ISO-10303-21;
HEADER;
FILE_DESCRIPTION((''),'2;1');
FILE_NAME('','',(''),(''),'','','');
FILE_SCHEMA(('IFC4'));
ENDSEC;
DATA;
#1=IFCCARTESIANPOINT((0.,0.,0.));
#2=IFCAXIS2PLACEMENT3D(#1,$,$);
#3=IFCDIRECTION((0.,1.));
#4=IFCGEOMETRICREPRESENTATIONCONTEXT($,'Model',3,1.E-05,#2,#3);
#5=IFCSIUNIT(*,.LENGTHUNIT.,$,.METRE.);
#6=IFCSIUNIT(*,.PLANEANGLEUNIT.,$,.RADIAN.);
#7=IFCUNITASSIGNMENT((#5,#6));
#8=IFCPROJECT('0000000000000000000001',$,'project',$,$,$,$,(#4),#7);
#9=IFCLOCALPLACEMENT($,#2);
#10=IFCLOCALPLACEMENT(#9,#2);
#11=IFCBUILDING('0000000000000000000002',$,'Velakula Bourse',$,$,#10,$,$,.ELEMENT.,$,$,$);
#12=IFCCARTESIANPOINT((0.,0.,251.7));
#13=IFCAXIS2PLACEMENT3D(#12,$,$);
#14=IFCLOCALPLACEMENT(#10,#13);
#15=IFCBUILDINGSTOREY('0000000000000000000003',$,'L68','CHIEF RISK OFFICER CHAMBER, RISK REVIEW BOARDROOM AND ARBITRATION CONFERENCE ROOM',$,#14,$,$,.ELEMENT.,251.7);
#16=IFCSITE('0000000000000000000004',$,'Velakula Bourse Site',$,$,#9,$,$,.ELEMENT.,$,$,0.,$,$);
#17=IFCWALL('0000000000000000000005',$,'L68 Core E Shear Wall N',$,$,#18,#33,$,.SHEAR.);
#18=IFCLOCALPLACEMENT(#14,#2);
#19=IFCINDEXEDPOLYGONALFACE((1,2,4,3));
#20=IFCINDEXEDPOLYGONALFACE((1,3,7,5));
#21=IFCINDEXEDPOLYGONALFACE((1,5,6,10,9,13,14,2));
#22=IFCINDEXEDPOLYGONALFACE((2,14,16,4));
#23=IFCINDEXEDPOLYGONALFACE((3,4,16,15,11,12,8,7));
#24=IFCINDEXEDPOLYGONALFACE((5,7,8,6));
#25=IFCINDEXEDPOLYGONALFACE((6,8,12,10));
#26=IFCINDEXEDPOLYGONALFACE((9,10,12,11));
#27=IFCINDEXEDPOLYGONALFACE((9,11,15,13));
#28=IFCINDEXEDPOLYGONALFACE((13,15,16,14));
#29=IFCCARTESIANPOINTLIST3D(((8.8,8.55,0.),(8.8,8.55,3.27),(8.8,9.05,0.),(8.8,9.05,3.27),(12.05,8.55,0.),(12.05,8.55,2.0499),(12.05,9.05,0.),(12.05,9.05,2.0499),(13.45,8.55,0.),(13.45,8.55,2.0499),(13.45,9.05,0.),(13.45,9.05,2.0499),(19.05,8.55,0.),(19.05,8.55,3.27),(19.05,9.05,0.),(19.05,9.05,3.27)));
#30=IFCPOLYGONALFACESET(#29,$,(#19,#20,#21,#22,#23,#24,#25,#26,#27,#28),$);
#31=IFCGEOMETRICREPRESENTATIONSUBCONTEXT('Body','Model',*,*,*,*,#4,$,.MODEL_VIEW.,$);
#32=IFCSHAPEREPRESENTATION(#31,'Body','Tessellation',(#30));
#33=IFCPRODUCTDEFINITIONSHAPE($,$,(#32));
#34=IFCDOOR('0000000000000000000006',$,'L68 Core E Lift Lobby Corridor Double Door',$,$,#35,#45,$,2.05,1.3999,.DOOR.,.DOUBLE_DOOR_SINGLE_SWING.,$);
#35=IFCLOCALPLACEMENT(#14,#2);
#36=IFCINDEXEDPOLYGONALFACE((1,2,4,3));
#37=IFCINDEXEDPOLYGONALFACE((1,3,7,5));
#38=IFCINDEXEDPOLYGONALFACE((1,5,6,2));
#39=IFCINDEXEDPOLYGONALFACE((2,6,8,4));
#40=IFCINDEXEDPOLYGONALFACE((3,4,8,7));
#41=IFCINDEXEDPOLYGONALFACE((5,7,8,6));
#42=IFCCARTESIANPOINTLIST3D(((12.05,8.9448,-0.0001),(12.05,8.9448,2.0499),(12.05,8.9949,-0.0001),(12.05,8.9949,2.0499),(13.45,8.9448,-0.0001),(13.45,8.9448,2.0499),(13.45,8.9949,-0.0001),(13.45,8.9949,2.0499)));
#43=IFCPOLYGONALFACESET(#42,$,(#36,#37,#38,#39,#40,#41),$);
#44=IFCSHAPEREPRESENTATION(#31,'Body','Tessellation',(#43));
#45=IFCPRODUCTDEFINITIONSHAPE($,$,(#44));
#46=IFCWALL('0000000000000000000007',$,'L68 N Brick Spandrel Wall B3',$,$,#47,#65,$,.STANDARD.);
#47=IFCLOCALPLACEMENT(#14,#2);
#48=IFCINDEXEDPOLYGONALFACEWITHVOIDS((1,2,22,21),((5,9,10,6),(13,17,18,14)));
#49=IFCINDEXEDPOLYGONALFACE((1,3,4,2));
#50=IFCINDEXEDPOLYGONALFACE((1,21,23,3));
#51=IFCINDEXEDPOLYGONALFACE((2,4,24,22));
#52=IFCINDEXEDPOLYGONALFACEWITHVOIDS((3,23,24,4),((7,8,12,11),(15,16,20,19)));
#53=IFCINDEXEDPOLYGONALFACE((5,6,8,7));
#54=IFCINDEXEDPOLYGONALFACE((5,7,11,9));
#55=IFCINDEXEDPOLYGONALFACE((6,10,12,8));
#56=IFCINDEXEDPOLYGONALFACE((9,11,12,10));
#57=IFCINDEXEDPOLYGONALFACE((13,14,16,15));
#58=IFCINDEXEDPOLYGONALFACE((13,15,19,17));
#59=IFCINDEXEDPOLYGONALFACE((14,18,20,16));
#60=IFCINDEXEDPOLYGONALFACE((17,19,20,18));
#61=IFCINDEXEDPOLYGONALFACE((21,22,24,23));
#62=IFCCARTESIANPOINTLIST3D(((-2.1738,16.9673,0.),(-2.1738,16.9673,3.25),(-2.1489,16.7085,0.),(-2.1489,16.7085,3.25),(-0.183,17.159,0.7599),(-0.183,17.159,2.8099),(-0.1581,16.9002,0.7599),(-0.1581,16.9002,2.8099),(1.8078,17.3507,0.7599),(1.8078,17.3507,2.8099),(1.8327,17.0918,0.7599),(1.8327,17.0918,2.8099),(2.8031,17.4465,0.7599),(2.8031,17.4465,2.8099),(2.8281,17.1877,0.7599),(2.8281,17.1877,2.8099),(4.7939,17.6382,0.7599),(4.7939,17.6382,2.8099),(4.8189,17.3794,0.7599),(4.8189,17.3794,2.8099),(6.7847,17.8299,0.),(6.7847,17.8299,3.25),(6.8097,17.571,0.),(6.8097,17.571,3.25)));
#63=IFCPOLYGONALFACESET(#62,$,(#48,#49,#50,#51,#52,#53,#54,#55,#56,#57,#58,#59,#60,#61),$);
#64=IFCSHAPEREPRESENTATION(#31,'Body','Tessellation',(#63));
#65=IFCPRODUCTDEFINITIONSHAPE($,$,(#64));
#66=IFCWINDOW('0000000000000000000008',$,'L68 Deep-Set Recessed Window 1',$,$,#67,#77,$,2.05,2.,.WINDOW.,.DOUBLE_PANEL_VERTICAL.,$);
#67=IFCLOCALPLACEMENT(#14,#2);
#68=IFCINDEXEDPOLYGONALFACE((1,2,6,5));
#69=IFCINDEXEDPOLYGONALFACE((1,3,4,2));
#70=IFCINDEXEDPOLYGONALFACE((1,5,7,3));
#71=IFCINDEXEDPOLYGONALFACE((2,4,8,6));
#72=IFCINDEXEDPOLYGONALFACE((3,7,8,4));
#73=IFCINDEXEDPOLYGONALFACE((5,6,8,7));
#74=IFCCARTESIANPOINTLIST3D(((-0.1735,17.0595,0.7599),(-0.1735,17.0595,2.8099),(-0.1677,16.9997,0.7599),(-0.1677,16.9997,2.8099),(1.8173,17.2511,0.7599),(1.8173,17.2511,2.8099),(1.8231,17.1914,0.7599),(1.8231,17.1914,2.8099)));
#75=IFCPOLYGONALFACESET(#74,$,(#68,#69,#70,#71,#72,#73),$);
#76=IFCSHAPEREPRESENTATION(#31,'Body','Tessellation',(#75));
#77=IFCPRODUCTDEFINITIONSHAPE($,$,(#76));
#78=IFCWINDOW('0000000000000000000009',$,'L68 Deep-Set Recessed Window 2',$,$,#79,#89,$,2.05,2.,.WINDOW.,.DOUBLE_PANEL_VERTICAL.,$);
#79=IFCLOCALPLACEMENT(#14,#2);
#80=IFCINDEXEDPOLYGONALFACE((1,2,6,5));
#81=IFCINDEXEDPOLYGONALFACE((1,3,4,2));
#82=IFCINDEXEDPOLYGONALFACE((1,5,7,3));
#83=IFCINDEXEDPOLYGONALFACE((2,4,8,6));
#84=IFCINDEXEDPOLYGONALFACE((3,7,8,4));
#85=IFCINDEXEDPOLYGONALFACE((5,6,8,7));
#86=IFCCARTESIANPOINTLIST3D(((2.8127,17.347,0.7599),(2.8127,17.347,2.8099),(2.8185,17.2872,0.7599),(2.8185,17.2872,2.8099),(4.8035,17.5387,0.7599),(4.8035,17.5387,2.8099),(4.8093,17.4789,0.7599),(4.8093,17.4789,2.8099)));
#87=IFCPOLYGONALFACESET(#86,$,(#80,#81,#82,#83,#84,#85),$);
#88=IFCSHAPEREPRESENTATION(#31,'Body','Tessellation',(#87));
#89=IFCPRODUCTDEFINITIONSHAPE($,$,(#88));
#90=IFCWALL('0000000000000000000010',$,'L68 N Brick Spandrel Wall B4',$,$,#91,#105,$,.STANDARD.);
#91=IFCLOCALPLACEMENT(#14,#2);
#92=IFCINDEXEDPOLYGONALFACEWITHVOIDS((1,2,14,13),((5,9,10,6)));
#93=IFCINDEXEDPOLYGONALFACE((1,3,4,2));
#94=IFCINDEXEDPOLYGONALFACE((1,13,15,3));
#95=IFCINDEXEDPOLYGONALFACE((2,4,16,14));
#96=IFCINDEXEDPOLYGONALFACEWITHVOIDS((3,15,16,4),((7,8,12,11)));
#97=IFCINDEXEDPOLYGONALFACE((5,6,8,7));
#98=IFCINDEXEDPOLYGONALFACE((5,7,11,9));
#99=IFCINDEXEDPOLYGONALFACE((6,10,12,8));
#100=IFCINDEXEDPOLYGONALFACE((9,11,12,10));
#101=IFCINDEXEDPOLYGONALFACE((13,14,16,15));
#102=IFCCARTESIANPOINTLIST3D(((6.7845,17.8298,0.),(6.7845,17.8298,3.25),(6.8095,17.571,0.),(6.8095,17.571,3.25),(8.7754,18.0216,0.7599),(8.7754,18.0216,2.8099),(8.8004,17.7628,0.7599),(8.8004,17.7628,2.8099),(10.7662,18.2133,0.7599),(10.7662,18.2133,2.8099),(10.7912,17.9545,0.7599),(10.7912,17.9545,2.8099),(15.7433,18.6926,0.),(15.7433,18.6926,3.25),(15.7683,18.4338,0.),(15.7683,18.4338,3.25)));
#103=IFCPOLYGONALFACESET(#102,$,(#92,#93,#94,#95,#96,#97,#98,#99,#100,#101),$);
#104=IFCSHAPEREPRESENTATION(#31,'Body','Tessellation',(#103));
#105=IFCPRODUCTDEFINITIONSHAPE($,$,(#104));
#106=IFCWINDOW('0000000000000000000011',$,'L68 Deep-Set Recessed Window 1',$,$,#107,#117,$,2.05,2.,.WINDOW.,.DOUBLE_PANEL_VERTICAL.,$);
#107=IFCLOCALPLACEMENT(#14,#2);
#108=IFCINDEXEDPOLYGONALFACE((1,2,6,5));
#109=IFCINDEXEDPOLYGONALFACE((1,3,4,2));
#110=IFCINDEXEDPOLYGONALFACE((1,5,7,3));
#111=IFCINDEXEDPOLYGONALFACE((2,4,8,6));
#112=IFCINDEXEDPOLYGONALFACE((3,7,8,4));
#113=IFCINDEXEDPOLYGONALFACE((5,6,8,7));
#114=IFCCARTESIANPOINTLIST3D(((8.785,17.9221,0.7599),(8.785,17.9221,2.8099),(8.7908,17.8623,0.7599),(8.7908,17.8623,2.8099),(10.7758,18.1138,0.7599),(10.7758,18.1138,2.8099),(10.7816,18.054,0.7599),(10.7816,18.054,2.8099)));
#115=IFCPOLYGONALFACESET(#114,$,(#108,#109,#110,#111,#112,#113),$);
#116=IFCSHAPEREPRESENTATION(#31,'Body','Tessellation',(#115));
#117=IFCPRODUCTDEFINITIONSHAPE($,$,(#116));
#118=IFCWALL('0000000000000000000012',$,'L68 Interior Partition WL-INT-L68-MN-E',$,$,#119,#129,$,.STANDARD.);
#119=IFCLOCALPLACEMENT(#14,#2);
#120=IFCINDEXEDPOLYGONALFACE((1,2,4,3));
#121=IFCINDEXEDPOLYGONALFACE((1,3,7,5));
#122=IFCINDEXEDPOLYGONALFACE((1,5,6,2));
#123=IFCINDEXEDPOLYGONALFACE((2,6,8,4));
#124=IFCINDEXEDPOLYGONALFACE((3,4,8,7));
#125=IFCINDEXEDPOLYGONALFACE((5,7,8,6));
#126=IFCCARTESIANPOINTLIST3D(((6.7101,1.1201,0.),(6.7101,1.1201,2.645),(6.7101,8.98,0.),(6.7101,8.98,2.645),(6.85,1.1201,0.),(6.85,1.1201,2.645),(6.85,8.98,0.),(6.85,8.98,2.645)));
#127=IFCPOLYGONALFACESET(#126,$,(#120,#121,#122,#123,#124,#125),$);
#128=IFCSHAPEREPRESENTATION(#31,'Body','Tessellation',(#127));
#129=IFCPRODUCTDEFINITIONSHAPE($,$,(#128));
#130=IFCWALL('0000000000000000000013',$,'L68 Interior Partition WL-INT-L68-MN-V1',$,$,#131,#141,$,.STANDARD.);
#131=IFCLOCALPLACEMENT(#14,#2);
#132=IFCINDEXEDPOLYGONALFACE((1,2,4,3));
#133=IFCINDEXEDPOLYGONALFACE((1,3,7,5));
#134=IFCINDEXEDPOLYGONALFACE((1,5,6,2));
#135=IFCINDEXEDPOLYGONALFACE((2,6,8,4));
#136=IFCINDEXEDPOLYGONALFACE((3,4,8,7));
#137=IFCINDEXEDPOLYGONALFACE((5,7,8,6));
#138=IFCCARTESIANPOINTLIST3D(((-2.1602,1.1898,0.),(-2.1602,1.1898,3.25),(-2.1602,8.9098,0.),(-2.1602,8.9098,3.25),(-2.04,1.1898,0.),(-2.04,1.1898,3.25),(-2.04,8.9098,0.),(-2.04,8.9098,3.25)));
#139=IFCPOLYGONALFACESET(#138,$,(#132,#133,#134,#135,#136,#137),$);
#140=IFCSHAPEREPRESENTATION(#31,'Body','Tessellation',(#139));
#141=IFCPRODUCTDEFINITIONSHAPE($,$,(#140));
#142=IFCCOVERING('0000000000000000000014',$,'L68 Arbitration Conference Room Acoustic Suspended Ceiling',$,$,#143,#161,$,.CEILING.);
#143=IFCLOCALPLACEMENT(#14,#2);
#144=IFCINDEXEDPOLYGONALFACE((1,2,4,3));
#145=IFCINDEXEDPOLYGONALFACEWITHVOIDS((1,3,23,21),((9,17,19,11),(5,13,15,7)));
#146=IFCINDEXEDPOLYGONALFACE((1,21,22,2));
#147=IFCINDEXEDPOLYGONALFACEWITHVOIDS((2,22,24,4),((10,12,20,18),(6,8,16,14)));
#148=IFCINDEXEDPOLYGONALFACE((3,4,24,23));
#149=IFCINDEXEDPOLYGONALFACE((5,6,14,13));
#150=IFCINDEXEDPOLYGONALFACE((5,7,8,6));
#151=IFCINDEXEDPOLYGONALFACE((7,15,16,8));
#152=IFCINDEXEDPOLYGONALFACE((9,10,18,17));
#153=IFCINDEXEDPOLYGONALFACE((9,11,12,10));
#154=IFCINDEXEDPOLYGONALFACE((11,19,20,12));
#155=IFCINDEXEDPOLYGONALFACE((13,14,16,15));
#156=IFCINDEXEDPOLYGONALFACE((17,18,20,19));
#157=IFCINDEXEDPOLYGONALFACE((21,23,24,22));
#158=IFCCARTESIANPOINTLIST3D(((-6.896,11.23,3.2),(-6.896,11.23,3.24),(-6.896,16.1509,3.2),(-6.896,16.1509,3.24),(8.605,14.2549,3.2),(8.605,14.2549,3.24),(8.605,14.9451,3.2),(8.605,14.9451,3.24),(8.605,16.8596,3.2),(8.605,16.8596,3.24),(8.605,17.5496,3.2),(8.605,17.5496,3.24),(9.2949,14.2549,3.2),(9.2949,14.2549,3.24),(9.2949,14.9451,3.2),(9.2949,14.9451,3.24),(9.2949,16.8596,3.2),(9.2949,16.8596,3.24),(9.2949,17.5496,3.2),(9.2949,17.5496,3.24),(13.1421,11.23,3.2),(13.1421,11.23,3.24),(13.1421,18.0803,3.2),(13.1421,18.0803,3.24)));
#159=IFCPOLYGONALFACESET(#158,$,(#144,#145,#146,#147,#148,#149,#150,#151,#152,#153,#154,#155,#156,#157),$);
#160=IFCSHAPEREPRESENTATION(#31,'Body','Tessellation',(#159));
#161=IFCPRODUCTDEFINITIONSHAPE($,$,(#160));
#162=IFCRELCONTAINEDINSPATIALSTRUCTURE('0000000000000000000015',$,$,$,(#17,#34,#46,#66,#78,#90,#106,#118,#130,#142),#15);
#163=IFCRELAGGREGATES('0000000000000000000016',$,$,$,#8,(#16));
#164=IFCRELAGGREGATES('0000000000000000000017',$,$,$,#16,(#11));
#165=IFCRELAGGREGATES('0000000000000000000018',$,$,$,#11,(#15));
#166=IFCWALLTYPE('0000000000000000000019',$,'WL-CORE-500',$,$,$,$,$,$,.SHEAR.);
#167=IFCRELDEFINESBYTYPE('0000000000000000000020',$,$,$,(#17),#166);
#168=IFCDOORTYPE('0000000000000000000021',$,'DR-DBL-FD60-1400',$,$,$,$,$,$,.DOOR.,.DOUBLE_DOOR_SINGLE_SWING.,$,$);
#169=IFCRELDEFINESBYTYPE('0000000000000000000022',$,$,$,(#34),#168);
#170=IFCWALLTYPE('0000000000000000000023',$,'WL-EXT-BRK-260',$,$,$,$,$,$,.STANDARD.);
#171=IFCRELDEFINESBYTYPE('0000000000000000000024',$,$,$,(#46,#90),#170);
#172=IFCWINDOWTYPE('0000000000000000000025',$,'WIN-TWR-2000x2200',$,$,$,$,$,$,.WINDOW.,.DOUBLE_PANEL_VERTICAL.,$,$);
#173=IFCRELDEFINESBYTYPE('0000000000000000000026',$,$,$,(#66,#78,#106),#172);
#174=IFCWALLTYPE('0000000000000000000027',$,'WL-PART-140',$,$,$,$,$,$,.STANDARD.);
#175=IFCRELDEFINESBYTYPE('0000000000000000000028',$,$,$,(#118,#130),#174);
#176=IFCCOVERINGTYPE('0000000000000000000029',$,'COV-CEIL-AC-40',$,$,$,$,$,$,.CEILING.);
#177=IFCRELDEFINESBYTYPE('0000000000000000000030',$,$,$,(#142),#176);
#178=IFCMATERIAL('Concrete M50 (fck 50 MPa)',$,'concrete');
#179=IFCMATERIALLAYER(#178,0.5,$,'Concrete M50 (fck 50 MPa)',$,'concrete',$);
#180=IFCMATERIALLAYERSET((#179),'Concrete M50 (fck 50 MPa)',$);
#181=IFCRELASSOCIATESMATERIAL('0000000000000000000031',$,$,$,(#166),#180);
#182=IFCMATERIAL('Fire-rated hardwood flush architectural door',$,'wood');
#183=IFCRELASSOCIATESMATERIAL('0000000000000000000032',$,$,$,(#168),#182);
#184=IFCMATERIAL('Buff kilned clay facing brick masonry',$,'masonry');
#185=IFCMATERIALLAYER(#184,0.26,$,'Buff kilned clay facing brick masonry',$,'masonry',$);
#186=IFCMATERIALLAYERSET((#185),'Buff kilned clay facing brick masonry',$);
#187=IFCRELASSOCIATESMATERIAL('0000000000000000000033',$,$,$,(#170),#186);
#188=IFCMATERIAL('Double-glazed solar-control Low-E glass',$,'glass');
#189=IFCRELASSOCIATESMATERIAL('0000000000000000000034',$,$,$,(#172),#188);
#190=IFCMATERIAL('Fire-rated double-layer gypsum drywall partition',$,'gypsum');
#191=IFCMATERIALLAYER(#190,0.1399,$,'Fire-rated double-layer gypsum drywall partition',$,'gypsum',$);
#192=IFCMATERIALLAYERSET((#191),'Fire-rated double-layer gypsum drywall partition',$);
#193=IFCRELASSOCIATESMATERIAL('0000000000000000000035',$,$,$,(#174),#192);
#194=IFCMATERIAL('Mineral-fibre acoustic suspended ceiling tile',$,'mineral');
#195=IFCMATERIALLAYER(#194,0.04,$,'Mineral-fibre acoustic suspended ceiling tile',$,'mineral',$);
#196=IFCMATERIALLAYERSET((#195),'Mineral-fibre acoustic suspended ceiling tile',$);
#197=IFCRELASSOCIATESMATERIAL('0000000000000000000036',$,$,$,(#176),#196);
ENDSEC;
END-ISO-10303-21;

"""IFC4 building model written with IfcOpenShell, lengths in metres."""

from ifc_helpers import new_model, si_unit, direction, frame, frame_2d, origin, place, context, subcontext, project, spatial, polyline, rectangle, outline, extrude, material, layer, layer_set, type_object, element, fill, save


model = new_model("IFC4")

# Units and contexts
model_context = context("Model", 3, precision=1e-05, world=origin(), true_north=direction((0.0, 1.0)))
body_context = subcontext(model_context, "Body", "Model", "MODEL_VIEW")
ifc_project = project(units=[si_unit("LENGTHUNIT", "METRE"), si_unit("PLANEANGLEUNIT", "RADIAN")], contexts=[model_context])

# Site, building, storey
site_placement = place(None, origin())
site = spatial("IfcSite", under=ifc_project, at=site_placement, Name="Velakula Bourse Site", CompositionType="ELEMENT", RefElevation=0.0)
building_placement = place(site_placement, origin())
building = spatial("IfcBuilding", under=site, at=building_placement, Name="Velakula Bourse", CompositionType="ELEMENT")
storey_placement = place(building_placement, frame((0.0, 0.0, 251.7)))
storey = spatial("IfcBuildingStorey", under=building, at=storey_placement, Name="L68", Description="CHIEF RISK OFFICER CHAMBER, RISK REVIEW BOARDROOM AND ARBITRATION CONFERENCE ROOM", CompositionType="ELEMENT", Elevation=251.7)

# Shared definitions
ifc_material_1 = material(Name="Concrete M50 (fck 50 MPa)", Category="concrete")

# Wall, opening, door
ifc_layer_1 = layer(ifc_material_1, 0.5, Name="Concrete M50 (fck 50 MPa)", Category="concrete")
ifc_layer_set_1 = layer_set([ifc_layer_1], Name="Concrete M50 (fck 50 MPa)")
wall_type_1 = type_object("IfcWallType", Name="WL-CORE-500", PredefinedType="SHEAR", material=ifc_layer_set_1)
wall_1_placement = place(storey_placement, frame((8.8, 8.8, 0.0), z_axis=(0.0, 0.0, 1.0), x_axis=(1.0, 0.0, 0.0)))
wall_1 = element("IfcWall", 1, at=wall_1_placement, inside=storey, type_object=wall_type_1, Name="L68 Core E Shear Wall N", PredefinedType="SHEAR", context=body_context, shape_type="SweptSolid", body=[
    extrude(rectangle(XDim=10.25, YDim=0.5, at=frame_2d((5.125, 0.0))), origin(), (0.0, 0.0, 1.0), 3.27),
])
opening_1_placement = place(wall_1_placement, frame((3.25, 0.0, 0.0)))
opening_1 = element("IfcOpeningElement", 2, at=opening_1_placement, cuts=wall_1, PredefinedType="OPENING", context=body_context, shape_type="SweptSolid", body=[
    extrude(rectangle(XDim=1.3999, YDim=2.05, at=frame_2d((0.7, 1.0249))), frame((0.0, 0.26, 0.0), z_axis=(0.0, -1.0, 0.0), x_axis=(1.0, 0.0, 0.0)), (0.0, 0.0, 1.0), 0.52),
])
ifc_material_2 = material(Name="Fire-rated hardwood flush architectural door", Category="wood")
door_type = type_object("IfcDoorType", Name="DR-DBL-FD60-1400", OperationType="DOUBLE_DOOR_SINGLE_SWING", PredefinedType="DOOR", material=ifc_material_2)
door_placement = place(opening_1_placement, origin())
door = element("IfcDoor", 3, at=door_placement, inside=storey, type_object=door_type, Name="L68 Core E Lift Lobby Corridor Double Door", OperationType="DOUBLE_DOOR_SINGLE_SWING", OverallHeight=2.05, OverallWidth=1.3999, PredefinedType="DOOR", context=body_context, shape_type="SweptSolid", body=[
    extrude(rectangle(XDim=1.3999, YDim=2.05, at=frame_2d((0.7, 1.0249))), frame((0.0, 0.1948, 0.0), z_axis=(0.0, -1.0, 0.0), x_axis=(1.0, 0.0, 0.0)), (0.0, 0.0, 1.0), 0.05),
])
fill(opening_1, door)

# Wall, openings, windows
ifc_material_3 = material(Name="Buff kilned clay facing brick masonry", Category="masonry")
ifc_layer_2 = layer(ifc_material_3, 0.26, Name="Buff kilned clay facing brick masonry", Category="masonry")
ifc_layer_set_2 = layer_set([ifc_layer_2], Name="Buff kilned clay facing brick masonry")
wall_type_2 = type_object("IfcWallType", Name="WL-EXT-BRK-260", PredefinedType="STANDARD", material=ifc_layer_set_2)
wall_2_placement = place(storey_placement, frame((-2.1614, 16.8379, 0.0), z_axis=(0.0, 0.0, 1.0), x_axis=(0.995397, 0.09584, 0.0)))
wall_2 = element("IfcWall", 4, at=wall_2_placement, inside=storey, type_object=wall_type_2, Name="L68 N Brick Spandrel Wall B3", PredefinedType="STANDARD", context=body_context, shape_type="SweptSolid", body=[
    extrude(rectangle(XDim=9.0, YDim=0.26, at=frame_2d((4.5, 0.0))), origin(), (0.0, 0.0, 1.0), 3.25),
])
opening_2_placement = place(wall_2_placement, frame((2.0, 0.0, 0.76)))
opening_2 = element("IfcOpeningElement", 5, at=opening_2_placement, cuts=wall_2, PredefinedType="OPENING", context=body_context, shape_type="SweptSolid", body=[
    extrude(rectangle(XDim=2.0, YDim=2.05, at=frame_2d((1.0, 1.0249))), frame((0.0, 0.1399, 0.0), z_axis=(0.0, -1.0, 0.0), x_axis=(1.0, 0.0, 0.0)), (0.0, 0.0, 1.0), 0.28),
])
opening_3_placement = place(wall_2_placement, frame((5.0, 0.0, 0.76)))
opening_3 = element("IfcOpeningElement", 6, at=opening_3_placement, cuts=wall_2, PredefinedType="OPENING", context=body_context, shape_type="SweptSolid", body=[
    extrude(rectangle(XDim=2.0, YDim=2.05, at=frame_2d((1.0, 1.0249))), frame((0.0, 0.1399, 0.0), z_axis=(0.0, -1.0, 0.0), x_axis=(1.0, 0.0, 0.0)), (0.0, 0.0, 1.0), 0.28),
])
ifc_material_4 = material(Name="Double-glazed solar-control Low-E glass", Category="glass")
window_type = type_object("IfcWindowType", Name="WIN-TWR-2000x2200", PartitioningType="DOUBLE_PANEL_VERTICAL", PredefinedType="WINDOW", material=ifc_material_4)
window_1_placement = place(opening_2_placement, origin())
window_1 = element("IfcWindow", 7, at=window_1_placement, inside=storey, type_object=window_type, Name="L68 Deep-Set Recessed Window 1", OverallHeight=2.05, OverallWidth=2.0, PartitioningType="DOUBLE_PANEL_VERTICAL", PredefinedType="WINDOW", context=body_context, shape_type="SweptSolid", body=[
    extrude(rectangle(XDim=2.0, YDim=2.05, at=frame_2d((1.0, 1.0249))), frame((0.0, 0.03, 0.0), z_axis=(0.0, -1.0, 0.0), x_axis=(1.0, 0.0, 0.0)), (0.0, 0.0, 1.0), 0.0601),
])
fill(opening_2, window_1)
window_2_placement = place(opening_3_placement, origin())
window_2 = element("IfcWindow", 8, at=window_2_placement, inside=storey, type_object=window_type, Name="L68 Deep-Set Recessed Window 2", OverallHeight=2.05, OverallWidth=2.0, PartitioningType="DOUBLE_PANEL_VERTICAL", PredefinedType="WINDOW", context=body_context, shape_type="SweptSolid", body=[
    extrude(rectangle(XDim=2.0, YDim=2.05, at=frame_2d((1.0, 1.0249))), frame((0.0, 0.03, 0.0), z_axis=(0.0, -1.0, 0.0), x_axis=(1.0, 0.0, 0.0)), (0.0, 0.0, 1.0), 0.0601),
])
fill(opening_3, window_2)

# Wall, opening, window
wall_3_placement = place(storey_placement, frame((6.7971, 17.7004, 0.0), z_axis=(0.0, 0.0, 1.0), x_axis=(0.995394, 0.095864, 0.0)))
wall_3 = element("IfcWall", 9, at=wall_3_placement, inside=storey, type_object=wall_type_2, Name="L68 N Brick Spandrel Wall B4", PredefinedType="STANDARD", context=body_context, shape_type="SweptSolid", body=[
    extrude(rectangle(XDim=9.0002, YDim=0.26, at=frame_2d((4.5, 0.0))), origin(), (0.0, 0.0, 1.0), 3.25),
])
opening_4_placement = place(wall_3_placement, frame((2.0, 0.0, 0.76)))
opening_4 = element("IfcOpeningElement", 10, at=opening_4_placement, cuts=wall_3, PredefinedType="OPENING", context=body_context, shape_type="SweptSolid", body=[
    extrude(rectangle(XDim=2.0, YDim=2.05, at=frame_2d((1.0, 1.0249))), frame((0.0, 0.1399, 0.0), z_axis=(0.0, -1.0, 0.0), x_axis=(1.0, 0.0, 0.0)), (0.0, 0.0, 1.0), 0.28),
])
window_3_placement = place(opening_4_placement, origin())
window_3 = element("IfcWindow", 11, at=window_3_placement, inside=storey, type_object=window_type, Name="L68 Deep-Set Recessed Window 1", OverallHeight=2.05, OverallWidth=2.0, PartitioningType="DOUBLE_PANEL_VERTICAL", PredefinedType="WINDOW", context=body_context, shape_type="SweptSolid", body=[
    extrude(rectangle(XDim=2.0, YDim=2.05, at=frame_2d((1.0, 1.0249))), frame((0.0, 0.03, 0.0), z_axis=(0.0, -1.0, 0.0), x_axis=(1.0, 0.0, 0.0)), (0.0, 0.0, 1.0), 0.0601),
])
fill(opening_4, window_3)

# Walls
ifc_material_5 = material(Name="Fire-rated double-layer gypsum drywall partition", Category="gypsum")
ifc_layer_3 = layer(ifc_material_5, 0.1399, Name="Fire-rated double-layer gypsum drywall partition", Category="gypsum")
ifc_layer_set_3 = layer_set([ifc_layer_3], Name="Fire-rated double-layer gypsum drywall partition")
wall_type_3 = type_object("IfcWallType", Name="WL-PART-140", PredefinedType="STANDARD", material=ifc_layer_set_3)
wall_4_placement = place(storey_placement, frame((6.78, 1.1201, 0.0), z_axis=(0.0, 0.0, 1.0), x_axis=(0.0, 1.0, 0.0)))
element("IfcWall", 12, at=wall_4_placement, inside=storey, type_object=wall_type_3, Name="L68 Interior Partition WL-INT-L68-MN-E", PredefinedType="STANDARD", context=body_context, shape_type="SweptSolid", body=[
    extrude(rectangle(XDim=7.8599, YDim=0.1399, at=frame_2d((3.9299, 0.0))), origin(), (0.0, 0.0, 1.0), 2.645),
])
wall_5_placement = place(storey_placement, frame((-2.1001, 1.1899, 0.0), z_axis=(0.0, 0.0, 1.0), x_axis=(0.0, 1.0, 0.0)))
element("IfcWall", 13, at=wall_5_placement, inside=storey, type_object=wall_type_3, Name="L68 Interior Partition WL-INT-L68-MN-V1", PredefinedType="STANDARD", context=body_context, shape_type="SweptSolid", body=[
    extrude(rectangle(XDim=7.72, YDim=0.1201, at=frame_2d((3.8599, 0.0))), origin(), (0.0, 0.0, 1.0), 3.25),
])

# Covering
ifc_material_6 = material(Name="Mineral-fibre acoustic suspended ceiling tile", Category="mineral")
ifc_layer_4 = layer(ifc_material_6, 0.04, Name="Mineral-fibre acoustic suspended ceiling tile", Category="mineral")
ifc_layer_set_4 = layer_set([ifc_layer_4], Name="Mineral-fibre acoustic suspended ceiling tile")
covering_type_1 = type_object("IfcCoveringType", Name="COV-CEIL-AC-40", PredefinedType="CEILING", material=ifc_layer_set_4)
covering_1_placement = place(storey_placement, frame((0.0, 0.0, 3.2)))
element("IfcCovering", 14, at=covering_1_placement, inside=storey, type_object=covering_type_1, Name="L68 Arbitration Conference Room Acoustic Suspended Ceiling", PredefinedType="CEILING", context=body_context, shape_type="SweptSolid", body=[
    extrude(outline(polyline([(13.1421, 11.23), (-6.896, 11.23), (-6.896, 16.1509), (13.1421, 18.0803), (13.1421, 11.23)]), holes=[polyline([(8.605, 14.2549), (9.2949, 14.2549), (9.2949, 14.9451), (8.605, 14.9451), (8.605, 14.2549)]), polyline([(8.605, 16.8596), (9.2949, 16.8596), (9.2949, 17.5496), (8.605, 17.5496), (8.605, 16.8596)])]), origin(), (0.0, 0.0, 1.0), 0.04),
])

save(model, "model.ifc")
